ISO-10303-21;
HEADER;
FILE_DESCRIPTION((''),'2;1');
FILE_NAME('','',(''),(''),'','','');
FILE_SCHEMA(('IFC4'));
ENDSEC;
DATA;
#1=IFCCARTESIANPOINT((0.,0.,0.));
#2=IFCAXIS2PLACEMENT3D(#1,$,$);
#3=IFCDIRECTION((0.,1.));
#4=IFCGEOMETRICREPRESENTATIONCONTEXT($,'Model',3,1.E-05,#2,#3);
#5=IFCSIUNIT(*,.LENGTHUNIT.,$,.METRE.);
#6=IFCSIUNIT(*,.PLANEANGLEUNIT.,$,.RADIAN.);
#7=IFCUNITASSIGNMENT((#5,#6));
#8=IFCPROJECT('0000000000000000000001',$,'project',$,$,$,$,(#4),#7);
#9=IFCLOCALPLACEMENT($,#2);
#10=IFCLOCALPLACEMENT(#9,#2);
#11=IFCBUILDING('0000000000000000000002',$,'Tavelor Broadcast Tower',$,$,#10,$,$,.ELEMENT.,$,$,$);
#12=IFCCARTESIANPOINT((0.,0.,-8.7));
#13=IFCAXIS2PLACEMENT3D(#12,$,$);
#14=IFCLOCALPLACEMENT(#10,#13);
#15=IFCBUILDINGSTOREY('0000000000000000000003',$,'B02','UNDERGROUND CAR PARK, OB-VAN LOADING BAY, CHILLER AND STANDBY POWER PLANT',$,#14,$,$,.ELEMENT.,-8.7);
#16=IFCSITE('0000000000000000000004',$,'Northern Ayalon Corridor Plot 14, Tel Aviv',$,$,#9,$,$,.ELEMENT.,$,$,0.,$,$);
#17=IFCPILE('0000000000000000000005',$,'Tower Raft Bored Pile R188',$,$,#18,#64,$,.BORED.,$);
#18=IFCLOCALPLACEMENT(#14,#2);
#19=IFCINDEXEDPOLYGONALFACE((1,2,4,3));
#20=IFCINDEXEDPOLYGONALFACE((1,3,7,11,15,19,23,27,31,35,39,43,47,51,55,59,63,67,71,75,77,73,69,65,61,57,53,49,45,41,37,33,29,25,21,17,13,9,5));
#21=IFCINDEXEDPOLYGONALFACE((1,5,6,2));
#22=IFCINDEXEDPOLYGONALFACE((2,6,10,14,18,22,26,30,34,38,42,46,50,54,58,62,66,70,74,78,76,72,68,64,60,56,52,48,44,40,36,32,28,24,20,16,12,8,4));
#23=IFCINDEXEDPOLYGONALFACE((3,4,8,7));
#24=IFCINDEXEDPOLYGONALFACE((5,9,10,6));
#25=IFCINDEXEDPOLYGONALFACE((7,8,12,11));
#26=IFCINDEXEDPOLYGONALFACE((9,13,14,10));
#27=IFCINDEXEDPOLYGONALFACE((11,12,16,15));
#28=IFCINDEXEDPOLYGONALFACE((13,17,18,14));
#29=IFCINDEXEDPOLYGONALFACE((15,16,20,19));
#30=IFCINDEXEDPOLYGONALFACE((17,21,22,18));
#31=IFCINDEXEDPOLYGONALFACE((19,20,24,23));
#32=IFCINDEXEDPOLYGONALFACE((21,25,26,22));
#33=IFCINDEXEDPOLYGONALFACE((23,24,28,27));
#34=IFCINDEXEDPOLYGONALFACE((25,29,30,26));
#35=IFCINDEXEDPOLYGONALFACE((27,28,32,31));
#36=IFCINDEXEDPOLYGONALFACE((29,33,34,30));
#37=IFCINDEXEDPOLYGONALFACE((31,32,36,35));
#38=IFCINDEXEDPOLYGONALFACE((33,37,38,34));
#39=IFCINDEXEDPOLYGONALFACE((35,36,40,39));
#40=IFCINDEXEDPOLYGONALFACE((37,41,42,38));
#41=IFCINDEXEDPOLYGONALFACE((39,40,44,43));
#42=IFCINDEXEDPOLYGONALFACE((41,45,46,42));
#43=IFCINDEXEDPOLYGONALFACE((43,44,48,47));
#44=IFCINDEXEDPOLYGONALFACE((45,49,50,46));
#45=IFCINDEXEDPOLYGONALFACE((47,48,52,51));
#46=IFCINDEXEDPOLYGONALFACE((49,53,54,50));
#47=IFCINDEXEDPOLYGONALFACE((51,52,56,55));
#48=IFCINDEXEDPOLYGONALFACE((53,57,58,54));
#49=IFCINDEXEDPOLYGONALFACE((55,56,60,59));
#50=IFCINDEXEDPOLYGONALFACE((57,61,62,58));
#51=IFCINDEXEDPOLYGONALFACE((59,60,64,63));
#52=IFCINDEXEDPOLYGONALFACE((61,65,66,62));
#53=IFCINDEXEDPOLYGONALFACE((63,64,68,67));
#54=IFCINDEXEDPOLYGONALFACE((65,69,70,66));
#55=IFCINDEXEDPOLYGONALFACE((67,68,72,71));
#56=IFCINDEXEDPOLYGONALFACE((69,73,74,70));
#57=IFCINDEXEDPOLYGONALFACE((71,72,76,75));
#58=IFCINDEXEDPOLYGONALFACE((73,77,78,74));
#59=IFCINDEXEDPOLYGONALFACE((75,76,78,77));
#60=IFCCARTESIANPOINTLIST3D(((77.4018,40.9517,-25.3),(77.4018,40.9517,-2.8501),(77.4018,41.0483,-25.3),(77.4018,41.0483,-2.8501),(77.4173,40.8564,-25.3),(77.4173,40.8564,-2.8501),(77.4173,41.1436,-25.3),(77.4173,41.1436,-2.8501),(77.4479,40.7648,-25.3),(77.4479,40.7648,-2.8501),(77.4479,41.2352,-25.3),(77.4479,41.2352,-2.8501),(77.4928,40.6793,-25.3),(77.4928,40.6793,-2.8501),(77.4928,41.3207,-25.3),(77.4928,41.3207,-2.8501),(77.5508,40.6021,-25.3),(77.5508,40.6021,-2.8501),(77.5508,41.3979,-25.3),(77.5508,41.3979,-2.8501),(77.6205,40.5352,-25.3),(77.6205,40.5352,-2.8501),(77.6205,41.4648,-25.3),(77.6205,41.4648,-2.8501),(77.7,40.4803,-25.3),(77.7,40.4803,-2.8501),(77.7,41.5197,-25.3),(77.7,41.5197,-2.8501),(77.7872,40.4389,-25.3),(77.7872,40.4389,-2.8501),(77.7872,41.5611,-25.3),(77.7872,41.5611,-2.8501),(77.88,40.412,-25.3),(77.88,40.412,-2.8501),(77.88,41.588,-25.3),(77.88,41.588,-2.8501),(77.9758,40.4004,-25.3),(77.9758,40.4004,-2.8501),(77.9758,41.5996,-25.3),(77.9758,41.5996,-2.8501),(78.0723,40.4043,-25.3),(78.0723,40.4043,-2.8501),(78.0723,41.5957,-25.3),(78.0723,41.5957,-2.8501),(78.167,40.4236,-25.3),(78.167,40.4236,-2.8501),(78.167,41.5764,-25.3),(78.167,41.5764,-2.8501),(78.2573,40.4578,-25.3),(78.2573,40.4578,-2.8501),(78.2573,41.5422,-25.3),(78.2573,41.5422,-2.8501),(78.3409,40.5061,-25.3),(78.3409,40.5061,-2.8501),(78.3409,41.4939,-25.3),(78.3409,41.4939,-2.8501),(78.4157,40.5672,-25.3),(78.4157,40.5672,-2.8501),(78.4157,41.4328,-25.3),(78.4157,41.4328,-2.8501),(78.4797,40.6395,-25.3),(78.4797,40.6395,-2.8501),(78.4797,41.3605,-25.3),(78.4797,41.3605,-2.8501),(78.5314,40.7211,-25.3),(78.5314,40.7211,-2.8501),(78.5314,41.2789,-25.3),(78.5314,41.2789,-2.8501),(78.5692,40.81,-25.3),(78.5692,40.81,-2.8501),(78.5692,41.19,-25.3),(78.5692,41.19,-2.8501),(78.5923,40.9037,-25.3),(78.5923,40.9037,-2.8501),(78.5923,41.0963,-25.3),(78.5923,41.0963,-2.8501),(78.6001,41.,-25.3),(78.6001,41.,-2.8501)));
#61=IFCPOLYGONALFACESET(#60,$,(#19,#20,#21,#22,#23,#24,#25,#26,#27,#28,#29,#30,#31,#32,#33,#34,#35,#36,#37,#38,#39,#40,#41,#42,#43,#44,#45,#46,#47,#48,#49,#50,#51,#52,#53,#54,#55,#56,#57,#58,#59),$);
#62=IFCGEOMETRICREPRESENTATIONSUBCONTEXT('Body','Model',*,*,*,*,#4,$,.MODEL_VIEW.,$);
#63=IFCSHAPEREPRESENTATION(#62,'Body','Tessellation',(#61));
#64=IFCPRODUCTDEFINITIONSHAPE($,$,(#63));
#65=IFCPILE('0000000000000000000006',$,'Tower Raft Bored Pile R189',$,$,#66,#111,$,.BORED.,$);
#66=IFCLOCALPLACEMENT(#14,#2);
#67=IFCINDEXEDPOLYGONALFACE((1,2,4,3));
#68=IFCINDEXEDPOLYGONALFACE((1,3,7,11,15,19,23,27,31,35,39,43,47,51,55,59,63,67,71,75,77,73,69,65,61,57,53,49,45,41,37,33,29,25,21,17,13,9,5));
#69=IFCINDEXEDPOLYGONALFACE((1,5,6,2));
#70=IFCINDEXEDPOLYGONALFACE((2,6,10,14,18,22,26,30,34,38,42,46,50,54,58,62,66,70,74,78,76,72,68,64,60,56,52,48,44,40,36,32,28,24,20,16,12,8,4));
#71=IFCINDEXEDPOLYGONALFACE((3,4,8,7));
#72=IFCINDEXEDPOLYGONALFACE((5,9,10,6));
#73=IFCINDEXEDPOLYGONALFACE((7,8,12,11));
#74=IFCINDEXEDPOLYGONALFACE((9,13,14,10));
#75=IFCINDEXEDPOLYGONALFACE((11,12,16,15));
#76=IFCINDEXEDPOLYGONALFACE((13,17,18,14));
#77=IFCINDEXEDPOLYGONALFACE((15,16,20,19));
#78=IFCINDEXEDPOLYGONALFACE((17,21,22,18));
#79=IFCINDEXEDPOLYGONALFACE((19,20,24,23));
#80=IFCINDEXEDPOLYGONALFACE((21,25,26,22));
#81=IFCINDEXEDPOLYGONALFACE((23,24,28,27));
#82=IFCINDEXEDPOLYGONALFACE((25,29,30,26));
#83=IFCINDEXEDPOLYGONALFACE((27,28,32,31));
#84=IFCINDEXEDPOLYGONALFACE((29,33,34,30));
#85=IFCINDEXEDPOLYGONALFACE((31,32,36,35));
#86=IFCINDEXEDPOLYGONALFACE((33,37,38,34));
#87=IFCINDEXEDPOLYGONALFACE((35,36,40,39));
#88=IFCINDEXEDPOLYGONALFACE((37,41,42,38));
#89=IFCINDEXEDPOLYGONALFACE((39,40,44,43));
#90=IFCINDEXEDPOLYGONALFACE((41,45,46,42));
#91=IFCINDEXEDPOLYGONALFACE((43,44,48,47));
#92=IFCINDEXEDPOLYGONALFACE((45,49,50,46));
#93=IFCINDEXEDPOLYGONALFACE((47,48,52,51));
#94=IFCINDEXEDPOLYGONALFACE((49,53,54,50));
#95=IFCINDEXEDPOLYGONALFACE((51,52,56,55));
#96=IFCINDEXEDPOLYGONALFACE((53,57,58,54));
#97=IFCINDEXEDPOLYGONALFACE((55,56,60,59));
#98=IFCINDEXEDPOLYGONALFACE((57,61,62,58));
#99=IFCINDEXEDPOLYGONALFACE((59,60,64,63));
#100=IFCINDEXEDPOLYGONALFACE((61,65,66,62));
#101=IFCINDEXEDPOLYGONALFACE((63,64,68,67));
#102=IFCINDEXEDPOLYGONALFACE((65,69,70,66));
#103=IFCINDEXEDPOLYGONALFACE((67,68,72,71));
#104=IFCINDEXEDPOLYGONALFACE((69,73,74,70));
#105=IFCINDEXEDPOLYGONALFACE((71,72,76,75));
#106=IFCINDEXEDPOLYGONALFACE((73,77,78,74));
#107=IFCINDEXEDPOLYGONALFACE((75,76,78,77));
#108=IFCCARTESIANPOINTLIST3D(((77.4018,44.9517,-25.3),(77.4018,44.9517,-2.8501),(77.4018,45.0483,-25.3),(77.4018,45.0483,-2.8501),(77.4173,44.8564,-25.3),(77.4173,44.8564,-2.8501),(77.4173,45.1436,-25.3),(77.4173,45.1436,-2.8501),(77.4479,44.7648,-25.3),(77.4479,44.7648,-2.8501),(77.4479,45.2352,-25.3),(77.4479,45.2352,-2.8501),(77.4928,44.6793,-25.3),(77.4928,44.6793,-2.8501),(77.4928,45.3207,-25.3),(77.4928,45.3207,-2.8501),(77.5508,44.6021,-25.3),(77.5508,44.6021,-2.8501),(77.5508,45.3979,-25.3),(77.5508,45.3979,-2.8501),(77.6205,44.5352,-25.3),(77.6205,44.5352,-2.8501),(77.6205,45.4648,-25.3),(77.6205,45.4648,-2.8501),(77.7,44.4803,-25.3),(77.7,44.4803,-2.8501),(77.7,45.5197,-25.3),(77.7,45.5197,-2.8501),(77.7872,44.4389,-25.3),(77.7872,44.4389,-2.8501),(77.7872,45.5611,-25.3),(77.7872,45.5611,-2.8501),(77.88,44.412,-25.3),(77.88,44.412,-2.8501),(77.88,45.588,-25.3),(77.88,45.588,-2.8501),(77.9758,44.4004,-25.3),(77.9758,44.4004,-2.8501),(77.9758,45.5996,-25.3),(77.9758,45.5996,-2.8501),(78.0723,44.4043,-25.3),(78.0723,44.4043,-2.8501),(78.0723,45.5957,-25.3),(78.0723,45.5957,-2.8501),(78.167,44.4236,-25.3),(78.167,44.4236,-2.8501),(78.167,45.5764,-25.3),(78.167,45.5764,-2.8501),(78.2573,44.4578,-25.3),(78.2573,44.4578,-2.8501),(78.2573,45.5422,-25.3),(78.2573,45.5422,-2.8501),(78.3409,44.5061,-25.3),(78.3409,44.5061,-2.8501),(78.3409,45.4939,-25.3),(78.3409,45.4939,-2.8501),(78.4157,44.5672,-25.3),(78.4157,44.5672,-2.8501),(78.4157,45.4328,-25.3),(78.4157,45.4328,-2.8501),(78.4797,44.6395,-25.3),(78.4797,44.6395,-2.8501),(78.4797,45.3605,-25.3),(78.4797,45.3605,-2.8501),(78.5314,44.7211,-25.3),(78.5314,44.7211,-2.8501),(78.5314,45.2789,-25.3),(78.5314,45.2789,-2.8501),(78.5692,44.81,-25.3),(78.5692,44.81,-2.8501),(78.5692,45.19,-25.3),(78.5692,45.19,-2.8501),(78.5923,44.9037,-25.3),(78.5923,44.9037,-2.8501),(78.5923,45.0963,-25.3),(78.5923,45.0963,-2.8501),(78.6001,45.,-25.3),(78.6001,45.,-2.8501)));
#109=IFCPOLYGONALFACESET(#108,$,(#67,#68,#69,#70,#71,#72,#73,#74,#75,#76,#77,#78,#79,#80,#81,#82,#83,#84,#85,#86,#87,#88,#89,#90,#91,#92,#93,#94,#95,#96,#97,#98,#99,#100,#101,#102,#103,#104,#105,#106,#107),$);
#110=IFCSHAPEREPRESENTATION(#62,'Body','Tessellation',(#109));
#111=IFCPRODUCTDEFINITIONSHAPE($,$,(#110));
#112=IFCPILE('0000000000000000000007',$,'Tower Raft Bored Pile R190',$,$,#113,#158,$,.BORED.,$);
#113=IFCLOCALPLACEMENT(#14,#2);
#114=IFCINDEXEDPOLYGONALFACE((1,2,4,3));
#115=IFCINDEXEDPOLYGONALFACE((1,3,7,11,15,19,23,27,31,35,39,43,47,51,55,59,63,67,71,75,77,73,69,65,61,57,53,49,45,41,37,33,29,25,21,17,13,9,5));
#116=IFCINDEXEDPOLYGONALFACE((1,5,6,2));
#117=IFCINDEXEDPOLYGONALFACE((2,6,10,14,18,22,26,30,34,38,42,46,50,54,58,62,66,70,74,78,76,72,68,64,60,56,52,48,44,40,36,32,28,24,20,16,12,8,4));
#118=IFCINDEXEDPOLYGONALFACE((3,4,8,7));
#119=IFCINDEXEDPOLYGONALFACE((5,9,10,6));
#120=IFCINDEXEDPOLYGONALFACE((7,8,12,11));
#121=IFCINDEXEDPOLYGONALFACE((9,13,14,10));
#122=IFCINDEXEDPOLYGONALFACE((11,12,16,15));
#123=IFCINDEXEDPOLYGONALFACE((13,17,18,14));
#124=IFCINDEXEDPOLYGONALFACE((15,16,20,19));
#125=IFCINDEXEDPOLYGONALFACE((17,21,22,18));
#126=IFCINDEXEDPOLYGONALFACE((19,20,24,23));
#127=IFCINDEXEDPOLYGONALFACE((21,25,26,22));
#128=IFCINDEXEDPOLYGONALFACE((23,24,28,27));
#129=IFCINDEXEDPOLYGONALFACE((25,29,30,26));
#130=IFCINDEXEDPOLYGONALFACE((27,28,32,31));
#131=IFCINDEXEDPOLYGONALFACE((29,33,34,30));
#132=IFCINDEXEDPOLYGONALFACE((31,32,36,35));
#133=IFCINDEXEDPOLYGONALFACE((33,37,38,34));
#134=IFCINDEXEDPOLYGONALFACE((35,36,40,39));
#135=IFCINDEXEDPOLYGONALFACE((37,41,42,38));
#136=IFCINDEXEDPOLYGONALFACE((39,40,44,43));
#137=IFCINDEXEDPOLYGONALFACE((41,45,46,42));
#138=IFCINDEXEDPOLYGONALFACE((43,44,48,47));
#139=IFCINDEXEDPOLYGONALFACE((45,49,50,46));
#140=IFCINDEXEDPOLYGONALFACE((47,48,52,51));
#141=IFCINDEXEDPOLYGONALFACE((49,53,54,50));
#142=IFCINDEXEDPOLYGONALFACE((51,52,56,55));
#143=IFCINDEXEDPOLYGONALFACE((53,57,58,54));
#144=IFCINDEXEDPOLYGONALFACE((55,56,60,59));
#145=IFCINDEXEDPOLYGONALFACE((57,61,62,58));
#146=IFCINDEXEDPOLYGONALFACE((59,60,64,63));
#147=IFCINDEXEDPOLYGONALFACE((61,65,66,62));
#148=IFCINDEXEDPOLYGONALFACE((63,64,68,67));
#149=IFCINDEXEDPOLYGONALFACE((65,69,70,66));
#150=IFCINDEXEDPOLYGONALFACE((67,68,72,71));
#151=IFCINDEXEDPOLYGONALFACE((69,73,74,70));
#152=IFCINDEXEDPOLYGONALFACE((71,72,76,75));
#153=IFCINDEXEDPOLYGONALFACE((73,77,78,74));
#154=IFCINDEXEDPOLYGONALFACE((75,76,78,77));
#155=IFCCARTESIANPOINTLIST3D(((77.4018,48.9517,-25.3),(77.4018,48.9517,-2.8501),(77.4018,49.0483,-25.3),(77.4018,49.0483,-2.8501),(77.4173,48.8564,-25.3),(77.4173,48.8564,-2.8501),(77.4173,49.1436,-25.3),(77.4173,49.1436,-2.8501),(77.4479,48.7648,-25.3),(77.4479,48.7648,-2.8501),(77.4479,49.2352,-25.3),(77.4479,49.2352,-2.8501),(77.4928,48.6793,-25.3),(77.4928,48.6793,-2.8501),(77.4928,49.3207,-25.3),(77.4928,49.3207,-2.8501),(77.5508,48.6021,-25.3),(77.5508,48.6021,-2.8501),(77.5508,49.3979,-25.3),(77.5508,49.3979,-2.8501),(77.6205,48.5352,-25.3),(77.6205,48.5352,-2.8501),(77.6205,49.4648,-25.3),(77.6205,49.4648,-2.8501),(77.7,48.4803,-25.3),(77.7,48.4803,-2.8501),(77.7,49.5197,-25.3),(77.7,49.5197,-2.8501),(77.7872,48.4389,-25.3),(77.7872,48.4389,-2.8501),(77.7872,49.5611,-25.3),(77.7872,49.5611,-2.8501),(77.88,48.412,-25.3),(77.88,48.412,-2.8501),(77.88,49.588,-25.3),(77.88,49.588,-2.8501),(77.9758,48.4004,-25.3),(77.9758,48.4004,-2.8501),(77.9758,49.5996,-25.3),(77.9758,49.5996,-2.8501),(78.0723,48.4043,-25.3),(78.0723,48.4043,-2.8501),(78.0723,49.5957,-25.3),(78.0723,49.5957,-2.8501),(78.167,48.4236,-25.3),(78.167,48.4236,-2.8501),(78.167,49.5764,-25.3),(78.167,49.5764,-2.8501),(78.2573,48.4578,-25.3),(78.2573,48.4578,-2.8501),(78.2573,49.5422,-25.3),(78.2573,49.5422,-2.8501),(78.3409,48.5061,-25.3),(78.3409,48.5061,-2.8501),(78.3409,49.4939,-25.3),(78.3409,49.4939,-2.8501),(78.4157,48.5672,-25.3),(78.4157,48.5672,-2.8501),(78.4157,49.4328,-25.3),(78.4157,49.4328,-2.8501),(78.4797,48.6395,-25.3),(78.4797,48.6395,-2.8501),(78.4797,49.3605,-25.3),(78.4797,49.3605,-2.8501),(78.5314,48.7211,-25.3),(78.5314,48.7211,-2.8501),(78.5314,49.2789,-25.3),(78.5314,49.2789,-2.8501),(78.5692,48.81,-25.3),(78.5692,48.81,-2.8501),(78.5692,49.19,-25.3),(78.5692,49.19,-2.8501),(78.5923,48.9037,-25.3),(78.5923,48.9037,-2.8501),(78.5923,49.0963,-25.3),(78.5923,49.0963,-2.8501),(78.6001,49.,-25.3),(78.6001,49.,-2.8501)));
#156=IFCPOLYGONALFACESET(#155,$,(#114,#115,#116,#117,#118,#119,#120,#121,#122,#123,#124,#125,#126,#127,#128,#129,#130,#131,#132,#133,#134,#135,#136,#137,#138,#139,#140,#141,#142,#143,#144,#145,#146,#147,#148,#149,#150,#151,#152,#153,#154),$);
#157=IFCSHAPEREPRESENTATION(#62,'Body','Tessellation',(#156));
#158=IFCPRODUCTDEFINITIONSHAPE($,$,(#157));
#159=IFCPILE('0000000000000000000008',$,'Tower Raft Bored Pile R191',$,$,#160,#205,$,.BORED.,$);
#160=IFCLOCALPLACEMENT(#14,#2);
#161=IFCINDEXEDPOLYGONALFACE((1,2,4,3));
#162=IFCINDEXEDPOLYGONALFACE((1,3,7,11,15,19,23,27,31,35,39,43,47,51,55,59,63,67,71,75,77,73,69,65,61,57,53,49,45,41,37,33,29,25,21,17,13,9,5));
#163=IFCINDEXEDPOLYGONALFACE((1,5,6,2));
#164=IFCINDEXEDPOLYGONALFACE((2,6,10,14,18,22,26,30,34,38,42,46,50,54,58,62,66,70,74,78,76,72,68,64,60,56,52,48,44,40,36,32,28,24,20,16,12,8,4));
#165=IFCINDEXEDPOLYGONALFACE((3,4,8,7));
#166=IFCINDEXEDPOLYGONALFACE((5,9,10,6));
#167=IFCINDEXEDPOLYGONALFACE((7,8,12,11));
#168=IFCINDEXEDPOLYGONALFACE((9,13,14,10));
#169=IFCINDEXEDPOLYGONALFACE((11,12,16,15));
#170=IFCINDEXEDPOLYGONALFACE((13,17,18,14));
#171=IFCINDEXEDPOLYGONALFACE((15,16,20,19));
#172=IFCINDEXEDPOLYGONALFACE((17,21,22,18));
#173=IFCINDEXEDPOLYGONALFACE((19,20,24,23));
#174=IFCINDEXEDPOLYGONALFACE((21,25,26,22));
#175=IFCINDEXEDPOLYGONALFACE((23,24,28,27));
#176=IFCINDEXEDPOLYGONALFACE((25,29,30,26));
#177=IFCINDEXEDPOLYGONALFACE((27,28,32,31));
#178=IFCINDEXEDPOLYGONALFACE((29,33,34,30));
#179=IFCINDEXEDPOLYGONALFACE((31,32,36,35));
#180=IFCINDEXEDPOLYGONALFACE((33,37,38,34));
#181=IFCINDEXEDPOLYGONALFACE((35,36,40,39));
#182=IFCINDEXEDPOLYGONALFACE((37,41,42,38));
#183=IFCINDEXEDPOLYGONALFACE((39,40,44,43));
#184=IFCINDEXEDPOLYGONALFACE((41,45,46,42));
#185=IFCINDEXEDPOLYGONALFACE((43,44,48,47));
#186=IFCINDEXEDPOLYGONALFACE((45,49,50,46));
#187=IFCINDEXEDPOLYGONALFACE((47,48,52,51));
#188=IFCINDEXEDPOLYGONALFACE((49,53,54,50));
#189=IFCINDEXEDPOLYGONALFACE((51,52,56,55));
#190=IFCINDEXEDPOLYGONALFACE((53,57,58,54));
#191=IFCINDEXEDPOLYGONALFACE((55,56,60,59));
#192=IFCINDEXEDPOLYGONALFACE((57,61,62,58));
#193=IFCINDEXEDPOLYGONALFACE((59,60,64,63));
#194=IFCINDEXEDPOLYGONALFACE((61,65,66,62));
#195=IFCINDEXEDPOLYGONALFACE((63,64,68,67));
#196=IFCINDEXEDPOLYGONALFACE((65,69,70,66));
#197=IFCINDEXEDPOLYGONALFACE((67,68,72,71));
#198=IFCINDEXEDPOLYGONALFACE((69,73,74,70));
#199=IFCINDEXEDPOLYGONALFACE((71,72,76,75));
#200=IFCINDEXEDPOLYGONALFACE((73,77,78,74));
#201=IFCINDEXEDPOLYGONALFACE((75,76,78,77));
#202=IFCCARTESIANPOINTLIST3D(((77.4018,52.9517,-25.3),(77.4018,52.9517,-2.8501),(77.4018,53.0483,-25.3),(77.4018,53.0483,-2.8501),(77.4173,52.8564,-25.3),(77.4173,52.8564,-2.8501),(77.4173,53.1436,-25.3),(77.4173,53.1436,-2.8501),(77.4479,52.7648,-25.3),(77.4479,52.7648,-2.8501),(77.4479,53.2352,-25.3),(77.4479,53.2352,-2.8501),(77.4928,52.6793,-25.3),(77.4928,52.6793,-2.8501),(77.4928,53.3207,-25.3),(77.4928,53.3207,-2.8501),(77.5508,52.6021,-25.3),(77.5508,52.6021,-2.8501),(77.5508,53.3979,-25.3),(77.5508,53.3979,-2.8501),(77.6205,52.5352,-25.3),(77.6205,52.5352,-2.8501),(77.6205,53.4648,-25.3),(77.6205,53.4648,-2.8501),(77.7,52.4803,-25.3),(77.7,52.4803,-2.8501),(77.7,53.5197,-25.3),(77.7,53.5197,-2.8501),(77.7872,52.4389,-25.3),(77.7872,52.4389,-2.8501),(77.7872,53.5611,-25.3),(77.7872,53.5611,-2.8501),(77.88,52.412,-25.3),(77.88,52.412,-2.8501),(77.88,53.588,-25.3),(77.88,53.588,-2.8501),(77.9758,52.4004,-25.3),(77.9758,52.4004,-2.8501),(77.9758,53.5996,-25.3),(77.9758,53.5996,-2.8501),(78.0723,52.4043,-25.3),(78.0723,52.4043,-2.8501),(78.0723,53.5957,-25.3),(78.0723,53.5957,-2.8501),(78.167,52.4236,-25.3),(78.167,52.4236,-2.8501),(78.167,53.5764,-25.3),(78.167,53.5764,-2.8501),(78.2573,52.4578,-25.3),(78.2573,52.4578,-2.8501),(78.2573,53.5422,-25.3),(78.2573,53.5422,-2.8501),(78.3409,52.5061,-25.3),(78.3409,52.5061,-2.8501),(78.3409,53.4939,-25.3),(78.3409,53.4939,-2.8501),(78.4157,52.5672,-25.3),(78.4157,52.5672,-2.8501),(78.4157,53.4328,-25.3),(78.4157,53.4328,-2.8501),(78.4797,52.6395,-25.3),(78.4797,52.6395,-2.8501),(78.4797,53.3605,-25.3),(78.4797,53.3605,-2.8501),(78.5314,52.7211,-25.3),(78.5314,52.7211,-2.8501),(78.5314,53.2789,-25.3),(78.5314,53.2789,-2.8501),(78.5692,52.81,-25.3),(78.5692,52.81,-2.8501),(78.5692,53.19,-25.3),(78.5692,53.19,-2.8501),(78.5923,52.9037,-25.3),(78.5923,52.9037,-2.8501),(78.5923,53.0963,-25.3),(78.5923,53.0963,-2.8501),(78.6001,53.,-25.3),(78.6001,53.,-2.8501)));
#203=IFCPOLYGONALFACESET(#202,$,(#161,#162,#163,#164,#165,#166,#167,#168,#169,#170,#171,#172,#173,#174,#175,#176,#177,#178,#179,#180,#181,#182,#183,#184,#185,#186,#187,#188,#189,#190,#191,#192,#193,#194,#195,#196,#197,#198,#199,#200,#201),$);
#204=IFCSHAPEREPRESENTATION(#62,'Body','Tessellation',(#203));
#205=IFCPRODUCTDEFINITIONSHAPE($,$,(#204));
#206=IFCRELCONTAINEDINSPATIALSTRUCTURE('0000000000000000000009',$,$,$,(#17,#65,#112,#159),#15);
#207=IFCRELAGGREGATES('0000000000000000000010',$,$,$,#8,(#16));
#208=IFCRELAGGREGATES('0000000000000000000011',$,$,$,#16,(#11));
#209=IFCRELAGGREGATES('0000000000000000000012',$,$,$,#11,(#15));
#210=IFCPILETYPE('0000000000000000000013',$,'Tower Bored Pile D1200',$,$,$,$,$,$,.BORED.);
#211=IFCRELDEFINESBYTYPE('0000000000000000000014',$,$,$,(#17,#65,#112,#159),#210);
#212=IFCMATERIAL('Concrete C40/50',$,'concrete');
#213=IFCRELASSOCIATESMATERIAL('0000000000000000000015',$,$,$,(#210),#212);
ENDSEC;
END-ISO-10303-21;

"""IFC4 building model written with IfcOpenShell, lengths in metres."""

from ifc_helpers import new_model, si_unit, direction, frame, origin, origin_2d, place, context, subcontext, project, spatial, circle, extrude, material, material_profile, profile_set, type_object, element, save


model = new_model("IFC4")

# Units and contexts
model_context = context("Model", 3, precision=1e-05, world=origin(), true_north=direction((0.0, 1.0)))
body_context = subcontext(model_context, "Body", "Model", "MODEL_VIEW")
ifc_project = project(units=[si_unit("LENGTHUNIT", "METRE"), si_unit("PLANEANGLEUNIT", "RADIAN")], contexts=[model_context])

# Site, building, storey
site_placement = place(None, origin())
site = spatial("IfcSite", under=ifc_project, at=site_placement, Name="Northern Ayalon Corridor Plot 14, Tel Aviv", CompositionType="ELEMENT", RefElevation=0.0)
building_placement = place(site_placement, origin())
building = spatial("IfcBuilding", under=site, at=building_placement, Name="Tavelor Broadcast Tower", CompositionType="ELEMENT")
storey_placement = place(building_placement, frame((0.0, 0.0, -8.7)))
storey = spatial("IfcBuildingStorey", under=building, at=storey_placement, Name="B02", Description="UNDERGROUND CAR PARK, OB-VAN LOADING BAY, CHILLER AND STANDBY POWER PLANT", CompositionType="ELEMENT", Elevation=-8.7)

# Piles
ifc_material_1 = material(Name="Concrete C40/50", Category="concrete")
ifc_material_profile_1 = material_profile(ifc_material_1, circle(Radius=0.6001, at=origin_2d()), Name="PILE D1200")
ifc_profile_set_1 = profile_set([ifc_material_profile_1], Name="Concrete C40/50")
pile_type = type_object("IfcPileType", Name="Tower Bored Pile D1200", PredefinedType="BORED", material=ifc_profile_set_1)
for number, where, z_axis, x_axis, name in (
    (1, (78.0, 41.0, -2.8501), (0.0, 0.0, -1.0), (1.0, 0.0, 0.0), "Tower Raft Bored Pile R188"),
    (2, (78.0, 45.0, -2.8501), (0.0, 0.0, -1.0), (1.0, 0.0, 0.0), "Tower Raft Bored Pile R189"),
    (3, (78.0, 49.0, -2.8501), (0.0, 0.0, -1.0), (1.0, 0.0, 0.0), "Tower Raft Bored Pile R190"),
    (4, (78.0, 53.0, -2.8501), (0.0, 0.0, -1.0), (1.0, 0.0, 0.0), "Tower Raft Bored Pile R191"),
):
    element("IfcPile", number, at=place(storey_placement, frame(where, z_axis=z_axis, x_axis=x_axis)), inside=storey, type_object=pile_type, Name=name, PredefinedType="BORED", context=body_context, shape_type="SweptSolid", body=[
        extrude(circle(Radius=0.6001, at=origin_2d()), origin(), (0.0, 0.0, 1.0), 22.45),
    ])

save(model, "model.ifc")
